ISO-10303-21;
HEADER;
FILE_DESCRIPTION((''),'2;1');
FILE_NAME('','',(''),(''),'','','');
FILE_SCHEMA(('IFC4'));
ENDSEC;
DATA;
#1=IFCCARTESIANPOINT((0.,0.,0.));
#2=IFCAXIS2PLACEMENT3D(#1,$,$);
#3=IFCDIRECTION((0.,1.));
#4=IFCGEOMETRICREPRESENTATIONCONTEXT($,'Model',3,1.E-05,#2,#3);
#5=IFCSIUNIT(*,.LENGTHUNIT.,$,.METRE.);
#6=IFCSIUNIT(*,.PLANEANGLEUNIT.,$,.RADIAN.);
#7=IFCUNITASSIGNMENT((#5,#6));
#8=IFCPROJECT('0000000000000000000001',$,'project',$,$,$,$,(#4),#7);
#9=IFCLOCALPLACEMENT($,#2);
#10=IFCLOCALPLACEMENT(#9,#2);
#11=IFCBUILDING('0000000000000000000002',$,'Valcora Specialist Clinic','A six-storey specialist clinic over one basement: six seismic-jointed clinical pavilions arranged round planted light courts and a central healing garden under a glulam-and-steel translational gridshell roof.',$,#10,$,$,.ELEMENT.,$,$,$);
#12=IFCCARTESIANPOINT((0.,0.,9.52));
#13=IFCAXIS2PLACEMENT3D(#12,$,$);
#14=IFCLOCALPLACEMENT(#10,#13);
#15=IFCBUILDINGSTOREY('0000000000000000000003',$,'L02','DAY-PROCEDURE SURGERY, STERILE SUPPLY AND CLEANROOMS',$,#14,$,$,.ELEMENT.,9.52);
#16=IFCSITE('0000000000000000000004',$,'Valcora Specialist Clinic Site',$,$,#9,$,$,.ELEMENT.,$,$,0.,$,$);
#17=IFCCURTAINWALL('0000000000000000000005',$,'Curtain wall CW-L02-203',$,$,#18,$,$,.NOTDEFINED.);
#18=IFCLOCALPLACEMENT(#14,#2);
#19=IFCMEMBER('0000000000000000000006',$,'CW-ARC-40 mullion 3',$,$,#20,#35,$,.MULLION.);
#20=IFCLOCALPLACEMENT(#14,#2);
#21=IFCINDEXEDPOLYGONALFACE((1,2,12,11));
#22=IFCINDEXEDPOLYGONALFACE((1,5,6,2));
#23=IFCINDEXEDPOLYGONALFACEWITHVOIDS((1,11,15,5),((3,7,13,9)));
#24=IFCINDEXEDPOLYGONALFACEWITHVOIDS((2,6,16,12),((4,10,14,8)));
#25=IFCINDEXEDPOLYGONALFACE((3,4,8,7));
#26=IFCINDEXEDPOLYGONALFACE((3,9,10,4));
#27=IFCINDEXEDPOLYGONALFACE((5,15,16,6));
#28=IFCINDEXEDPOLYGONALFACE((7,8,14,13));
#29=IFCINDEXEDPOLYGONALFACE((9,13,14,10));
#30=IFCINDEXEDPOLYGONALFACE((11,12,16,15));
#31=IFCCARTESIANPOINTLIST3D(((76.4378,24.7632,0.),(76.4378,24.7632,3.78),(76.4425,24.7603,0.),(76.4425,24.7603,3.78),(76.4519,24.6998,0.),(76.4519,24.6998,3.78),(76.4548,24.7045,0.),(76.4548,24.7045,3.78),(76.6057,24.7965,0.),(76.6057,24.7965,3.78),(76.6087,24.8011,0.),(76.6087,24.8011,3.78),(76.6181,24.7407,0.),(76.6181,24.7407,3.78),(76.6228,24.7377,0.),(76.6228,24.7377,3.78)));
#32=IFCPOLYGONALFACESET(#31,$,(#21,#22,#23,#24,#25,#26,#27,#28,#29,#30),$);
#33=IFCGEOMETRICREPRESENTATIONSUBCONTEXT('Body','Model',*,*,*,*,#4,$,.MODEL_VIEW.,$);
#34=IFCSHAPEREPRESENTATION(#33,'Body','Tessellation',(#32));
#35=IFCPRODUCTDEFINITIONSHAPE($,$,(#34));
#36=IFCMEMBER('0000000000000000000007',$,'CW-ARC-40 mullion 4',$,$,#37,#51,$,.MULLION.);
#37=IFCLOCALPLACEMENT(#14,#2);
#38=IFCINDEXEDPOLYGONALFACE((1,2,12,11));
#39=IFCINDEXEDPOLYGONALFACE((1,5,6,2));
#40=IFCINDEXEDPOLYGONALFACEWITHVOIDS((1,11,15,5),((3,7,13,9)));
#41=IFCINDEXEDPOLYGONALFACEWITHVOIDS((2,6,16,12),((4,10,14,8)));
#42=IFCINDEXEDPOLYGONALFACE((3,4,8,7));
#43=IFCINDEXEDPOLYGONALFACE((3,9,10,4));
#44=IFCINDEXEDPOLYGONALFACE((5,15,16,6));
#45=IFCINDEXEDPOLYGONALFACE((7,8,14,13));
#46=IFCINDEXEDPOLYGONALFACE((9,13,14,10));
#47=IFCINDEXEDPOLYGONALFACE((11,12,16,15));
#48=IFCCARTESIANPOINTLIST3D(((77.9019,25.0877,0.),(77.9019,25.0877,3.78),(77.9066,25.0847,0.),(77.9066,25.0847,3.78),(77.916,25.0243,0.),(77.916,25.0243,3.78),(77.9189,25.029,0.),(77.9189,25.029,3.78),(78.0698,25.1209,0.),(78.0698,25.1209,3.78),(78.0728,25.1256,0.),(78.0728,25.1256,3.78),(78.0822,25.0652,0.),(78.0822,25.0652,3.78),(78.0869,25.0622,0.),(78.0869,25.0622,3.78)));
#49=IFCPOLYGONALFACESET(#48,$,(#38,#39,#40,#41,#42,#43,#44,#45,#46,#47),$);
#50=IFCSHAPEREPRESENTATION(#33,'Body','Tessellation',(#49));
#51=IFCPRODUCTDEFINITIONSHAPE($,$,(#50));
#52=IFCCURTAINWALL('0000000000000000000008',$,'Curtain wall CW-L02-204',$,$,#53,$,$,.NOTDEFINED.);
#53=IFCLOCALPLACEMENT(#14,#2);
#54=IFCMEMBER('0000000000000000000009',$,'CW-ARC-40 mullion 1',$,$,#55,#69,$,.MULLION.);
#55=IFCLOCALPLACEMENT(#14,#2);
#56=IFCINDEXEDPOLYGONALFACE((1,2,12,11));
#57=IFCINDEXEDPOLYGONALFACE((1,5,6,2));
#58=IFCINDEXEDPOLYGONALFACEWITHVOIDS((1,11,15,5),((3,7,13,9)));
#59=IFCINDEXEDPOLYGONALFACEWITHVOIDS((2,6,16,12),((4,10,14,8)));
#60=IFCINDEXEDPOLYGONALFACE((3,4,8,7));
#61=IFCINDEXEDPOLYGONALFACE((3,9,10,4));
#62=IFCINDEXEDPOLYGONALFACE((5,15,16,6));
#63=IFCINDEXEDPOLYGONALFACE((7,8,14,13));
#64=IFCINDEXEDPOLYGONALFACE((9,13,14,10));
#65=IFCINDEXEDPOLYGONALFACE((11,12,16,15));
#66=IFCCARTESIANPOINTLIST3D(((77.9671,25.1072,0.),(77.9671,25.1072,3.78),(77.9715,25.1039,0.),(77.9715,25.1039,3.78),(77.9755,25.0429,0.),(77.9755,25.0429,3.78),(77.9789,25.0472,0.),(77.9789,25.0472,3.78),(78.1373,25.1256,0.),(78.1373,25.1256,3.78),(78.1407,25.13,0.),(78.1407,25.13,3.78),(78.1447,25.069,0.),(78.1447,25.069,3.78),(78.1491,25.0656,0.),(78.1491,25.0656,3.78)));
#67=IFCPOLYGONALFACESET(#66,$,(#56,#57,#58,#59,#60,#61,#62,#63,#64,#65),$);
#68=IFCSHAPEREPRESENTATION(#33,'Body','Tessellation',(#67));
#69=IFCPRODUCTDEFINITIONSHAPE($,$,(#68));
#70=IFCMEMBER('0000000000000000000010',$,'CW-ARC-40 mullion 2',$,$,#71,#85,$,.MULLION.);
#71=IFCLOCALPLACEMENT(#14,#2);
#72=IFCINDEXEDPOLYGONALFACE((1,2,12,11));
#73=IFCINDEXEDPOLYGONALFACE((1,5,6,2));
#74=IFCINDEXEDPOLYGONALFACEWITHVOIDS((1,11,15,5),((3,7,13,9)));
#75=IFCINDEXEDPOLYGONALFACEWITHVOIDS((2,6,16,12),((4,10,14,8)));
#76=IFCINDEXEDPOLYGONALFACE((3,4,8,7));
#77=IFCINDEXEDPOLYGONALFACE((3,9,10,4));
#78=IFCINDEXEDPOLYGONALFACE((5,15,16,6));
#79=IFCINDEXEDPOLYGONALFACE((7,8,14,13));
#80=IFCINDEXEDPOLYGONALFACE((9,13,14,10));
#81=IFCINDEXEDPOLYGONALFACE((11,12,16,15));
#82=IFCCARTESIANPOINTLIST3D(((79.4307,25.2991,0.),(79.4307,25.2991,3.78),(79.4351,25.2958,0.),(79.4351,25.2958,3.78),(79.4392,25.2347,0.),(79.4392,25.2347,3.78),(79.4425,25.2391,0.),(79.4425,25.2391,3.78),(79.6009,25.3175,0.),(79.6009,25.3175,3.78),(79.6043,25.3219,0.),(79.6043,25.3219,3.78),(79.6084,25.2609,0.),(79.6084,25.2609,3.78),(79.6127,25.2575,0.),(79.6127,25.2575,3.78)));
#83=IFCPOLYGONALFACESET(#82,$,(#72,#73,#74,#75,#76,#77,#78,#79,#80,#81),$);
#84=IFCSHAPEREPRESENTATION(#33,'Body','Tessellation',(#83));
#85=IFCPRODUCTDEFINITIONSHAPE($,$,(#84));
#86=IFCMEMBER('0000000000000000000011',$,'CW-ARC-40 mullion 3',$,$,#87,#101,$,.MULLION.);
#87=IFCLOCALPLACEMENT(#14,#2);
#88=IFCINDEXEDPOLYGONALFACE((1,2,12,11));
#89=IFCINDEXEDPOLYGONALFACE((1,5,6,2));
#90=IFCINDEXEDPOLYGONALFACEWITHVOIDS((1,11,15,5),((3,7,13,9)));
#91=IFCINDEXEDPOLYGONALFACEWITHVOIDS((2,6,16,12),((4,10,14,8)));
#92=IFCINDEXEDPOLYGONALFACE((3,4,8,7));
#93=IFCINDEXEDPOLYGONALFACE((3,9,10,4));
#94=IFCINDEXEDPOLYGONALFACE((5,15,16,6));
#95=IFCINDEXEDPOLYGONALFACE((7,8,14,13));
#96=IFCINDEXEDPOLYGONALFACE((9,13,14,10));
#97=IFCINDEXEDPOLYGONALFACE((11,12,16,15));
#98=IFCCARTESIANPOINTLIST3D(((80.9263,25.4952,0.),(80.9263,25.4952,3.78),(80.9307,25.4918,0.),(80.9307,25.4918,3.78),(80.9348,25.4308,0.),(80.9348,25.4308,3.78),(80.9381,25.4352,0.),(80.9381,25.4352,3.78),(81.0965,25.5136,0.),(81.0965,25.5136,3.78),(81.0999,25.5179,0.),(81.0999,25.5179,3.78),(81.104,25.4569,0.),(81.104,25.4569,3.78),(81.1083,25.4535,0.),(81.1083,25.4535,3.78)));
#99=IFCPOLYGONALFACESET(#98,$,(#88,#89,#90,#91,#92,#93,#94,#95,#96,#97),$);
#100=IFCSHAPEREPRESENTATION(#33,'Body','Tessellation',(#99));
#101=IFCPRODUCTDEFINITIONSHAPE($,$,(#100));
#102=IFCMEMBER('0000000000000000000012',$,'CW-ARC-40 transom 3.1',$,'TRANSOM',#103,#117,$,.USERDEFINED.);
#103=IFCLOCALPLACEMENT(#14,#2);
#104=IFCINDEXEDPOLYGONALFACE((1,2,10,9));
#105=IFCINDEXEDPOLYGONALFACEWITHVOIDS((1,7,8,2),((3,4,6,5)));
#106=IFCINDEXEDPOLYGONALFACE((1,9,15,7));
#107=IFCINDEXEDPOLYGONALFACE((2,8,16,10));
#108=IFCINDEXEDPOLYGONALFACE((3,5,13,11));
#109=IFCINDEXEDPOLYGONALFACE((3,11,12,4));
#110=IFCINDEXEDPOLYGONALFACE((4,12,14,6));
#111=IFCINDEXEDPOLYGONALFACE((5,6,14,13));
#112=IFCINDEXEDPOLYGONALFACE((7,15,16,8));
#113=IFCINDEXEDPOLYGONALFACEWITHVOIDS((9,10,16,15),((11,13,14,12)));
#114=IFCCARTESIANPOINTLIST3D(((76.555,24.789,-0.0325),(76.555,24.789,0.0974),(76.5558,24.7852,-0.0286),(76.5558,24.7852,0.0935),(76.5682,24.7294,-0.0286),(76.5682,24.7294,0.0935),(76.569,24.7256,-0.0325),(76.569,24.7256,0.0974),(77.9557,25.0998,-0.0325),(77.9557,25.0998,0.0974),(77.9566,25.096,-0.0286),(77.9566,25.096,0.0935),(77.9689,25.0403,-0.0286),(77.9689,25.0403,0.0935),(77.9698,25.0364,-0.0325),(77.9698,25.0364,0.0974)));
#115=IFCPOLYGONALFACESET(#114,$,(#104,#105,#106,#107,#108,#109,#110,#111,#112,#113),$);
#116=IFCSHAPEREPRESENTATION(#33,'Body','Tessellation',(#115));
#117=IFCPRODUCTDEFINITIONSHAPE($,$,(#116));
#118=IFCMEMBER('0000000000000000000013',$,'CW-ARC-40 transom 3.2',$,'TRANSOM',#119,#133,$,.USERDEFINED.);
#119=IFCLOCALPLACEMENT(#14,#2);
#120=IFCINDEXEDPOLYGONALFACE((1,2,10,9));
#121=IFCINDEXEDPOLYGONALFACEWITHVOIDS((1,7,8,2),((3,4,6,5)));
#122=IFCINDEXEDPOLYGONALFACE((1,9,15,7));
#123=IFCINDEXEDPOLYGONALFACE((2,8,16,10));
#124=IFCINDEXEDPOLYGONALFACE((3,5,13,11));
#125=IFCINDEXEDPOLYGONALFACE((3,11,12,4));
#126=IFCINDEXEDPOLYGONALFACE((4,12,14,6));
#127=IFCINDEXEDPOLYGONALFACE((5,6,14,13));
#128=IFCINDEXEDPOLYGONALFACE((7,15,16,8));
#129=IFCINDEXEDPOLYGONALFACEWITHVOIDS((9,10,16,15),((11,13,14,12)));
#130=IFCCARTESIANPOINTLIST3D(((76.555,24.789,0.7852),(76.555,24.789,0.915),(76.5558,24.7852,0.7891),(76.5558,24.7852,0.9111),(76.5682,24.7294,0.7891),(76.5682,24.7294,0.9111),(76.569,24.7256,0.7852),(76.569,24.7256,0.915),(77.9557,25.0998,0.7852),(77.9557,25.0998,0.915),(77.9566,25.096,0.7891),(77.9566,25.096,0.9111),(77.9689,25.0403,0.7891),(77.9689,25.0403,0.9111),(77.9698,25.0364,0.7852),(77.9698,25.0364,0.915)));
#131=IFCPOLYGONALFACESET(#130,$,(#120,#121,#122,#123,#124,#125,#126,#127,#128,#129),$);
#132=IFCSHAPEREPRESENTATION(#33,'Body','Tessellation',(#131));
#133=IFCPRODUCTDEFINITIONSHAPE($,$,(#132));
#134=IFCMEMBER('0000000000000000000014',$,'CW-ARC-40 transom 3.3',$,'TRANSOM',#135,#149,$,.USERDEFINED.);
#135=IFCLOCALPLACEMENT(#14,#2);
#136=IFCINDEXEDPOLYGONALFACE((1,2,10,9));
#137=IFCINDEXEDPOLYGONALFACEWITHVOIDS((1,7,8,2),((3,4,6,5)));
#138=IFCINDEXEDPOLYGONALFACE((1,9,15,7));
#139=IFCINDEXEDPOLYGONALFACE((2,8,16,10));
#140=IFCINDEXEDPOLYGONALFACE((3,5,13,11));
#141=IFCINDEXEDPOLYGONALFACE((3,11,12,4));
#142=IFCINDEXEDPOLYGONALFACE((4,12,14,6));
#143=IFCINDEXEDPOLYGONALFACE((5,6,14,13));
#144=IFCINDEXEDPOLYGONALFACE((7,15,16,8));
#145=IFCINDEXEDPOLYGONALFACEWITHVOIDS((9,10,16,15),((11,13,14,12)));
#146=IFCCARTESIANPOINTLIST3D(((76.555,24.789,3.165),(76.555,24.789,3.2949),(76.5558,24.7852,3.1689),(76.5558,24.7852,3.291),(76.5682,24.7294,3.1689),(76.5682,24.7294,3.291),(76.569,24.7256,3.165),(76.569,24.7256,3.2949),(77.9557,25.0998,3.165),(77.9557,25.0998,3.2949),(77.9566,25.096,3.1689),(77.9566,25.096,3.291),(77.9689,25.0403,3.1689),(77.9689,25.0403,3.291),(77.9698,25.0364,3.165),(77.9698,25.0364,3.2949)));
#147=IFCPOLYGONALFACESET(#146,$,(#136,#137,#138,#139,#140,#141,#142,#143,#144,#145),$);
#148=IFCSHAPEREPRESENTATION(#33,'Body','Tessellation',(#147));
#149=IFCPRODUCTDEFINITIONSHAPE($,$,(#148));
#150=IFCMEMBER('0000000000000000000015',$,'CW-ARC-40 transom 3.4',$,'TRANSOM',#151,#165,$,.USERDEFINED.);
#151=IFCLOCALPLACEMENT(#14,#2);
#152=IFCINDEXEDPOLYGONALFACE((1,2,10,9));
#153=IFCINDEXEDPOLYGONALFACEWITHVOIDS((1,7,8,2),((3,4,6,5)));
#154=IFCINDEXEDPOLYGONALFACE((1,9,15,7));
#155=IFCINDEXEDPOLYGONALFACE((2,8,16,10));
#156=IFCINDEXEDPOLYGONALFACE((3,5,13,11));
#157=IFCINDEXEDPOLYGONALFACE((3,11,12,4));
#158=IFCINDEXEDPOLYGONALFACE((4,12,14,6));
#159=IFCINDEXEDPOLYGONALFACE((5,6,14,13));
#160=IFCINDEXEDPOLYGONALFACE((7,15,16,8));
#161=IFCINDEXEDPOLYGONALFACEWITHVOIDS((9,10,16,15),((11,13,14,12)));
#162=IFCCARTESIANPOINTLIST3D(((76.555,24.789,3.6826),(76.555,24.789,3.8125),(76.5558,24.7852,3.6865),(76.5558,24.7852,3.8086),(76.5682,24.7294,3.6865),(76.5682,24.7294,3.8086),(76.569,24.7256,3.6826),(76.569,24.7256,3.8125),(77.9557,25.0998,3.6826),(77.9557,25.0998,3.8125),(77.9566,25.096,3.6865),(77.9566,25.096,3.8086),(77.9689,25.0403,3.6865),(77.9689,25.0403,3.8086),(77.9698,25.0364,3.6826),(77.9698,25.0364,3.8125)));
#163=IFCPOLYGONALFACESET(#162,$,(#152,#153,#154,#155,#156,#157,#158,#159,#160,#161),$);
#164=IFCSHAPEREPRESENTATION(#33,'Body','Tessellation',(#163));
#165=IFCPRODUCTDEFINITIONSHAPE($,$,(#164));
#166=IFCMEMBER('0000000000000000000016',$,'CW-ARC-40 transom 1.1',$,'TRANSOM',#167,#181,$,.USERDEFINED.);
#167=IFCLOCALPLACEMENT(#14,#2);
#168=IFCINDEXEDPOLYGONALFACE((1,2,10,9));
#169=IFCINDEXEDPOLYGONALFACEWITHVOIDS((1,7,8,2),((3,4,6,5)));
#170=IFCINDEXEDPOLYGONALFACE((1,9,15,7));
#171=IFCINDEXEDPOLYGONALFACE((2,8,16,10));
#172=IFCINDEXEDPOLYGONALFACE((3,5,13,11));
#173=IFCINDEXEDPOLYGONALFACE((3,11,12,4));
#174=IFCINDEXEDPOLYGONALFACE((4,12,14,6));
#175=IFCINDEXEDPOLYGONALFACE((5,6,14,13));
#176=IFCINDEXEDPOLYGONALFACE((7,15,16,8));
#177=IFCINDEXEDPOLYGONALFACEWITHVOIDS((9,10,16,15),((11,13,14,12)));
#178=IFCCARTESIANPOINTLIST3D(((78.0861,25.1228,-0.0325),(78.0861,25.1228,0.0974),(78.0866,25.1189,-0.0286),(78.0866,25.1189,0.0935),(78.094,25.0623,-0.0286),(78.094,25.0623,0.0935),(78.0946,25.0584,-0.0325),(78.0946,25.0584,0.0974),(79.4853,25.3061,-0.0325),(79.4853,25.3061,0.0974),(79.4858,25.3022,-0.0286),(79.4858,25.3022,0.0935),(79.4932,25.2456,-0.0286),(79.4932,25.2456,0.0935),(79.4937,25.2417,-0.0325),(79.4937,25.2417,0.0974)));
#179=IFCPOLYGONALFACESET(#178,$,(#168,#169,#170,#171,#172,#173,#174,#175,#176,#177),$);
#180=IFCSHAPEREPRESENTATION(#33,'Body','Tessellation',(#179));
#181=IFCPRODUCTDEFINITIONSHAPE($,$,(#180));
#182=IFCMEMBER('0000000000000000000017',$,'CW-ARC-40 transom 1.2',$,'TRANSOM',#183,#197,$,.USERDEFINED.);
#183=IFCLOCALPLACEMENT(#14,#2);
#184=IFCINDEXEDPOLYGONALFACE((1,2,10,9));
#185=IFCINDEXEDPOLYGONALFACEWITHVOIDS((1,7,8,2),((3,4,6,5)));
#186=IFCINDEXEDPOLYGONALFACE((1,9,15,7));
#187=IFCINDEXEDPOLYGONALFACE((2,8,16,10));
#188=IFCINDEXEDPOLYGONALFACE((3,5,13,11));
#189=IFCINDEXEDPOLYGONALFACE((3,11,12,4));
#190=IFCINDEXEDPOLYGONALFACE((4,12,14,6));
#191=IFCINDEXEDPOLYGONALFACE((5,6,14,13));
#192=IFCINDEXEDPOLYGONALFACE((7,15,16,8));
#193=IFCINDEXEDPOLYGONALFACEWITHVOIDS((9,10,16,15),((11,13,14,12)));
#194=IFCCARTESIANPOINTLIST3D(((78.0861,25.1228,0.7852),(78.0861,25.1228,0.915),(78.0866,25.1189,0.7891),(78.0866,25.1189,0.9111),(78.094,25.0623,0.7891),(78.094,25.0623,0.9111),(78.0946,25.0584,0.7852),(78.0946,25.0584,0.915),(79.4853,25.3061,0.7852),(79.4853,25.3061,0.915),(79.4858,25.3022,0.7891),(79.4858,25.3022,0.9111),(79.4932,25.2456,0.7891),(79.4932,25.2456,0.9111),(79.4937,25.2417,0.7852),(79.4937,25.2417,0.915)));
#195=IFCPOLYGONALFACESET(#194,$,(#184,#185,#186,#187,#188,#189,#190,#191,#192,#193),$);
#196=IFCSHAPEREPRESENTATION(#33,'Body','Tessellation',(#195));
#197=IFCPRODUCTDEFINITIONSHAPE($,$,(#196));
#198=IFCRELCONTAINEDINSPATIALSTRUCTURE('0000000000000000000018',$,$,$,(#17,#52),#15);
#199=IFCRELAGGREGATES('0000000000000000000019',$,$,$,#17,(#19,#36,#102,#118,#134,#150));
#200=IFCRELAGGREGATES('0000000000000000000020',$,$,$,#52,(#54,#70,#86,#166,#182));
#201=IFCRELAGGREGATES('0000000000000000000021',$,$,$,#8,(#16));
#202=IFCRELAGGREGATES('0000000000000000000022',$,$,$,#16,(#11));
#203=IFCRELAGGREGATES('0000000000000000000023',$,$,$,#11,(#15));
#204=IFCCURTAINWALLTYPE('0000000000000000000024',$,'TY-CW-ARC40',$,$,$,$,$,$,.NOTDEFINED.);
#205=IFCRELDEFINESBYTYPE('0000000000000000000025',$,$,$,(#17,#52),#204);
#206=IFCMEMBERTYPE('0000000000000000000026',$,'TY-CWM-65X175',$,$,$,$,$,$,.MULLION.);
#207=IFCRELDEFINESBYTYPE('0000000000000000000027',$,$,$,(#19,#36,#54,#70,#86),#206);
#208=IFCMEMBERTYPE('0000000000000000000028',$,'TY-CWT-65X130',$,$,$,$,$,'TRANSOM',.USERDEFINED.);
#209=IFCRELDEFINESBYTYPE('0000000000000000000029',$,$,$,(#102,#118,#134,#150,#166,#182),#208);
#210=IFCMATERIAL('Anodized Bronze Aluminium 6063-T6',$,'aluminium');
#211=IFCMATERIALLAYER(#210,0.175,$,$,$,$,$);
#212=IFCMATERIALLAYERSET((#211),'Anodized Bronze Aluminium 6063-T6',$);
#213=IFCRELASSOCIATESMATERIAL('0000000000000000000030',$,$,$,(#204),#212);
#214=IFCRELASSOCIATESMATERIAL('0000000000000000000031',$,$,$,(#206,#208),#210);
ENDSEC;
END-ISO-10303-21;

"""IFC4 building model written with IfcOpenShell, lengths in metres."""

from ifc_helpers import new_model, si_unit, direction, frame, origin, origin_2d, place, context, subcontext, project, spatial, hollow_rectangle, extrude, material, layer, layer_set, material_profile, profile_set, type_object, element, aggregate, save


model = new_model("IFC4")

# Units and contexts
model_context = context("Model", 3, precision=1e-05, world=origin(), true_north=direction((0.0, 1.0)))
body_context = subcontext(model_context, "Body", "Model", "MODEL_VIEW")
ifc_project = project(units=[si_unit("LENGTHUNIT", "METRE"), si_unit("PLANEANGLEUNIT", "RADIAN")], contexts=[model_context])

# Site, building, storey
site_placement = place(None, origin())
site = spatial("IfcSite", under=ifc_project, at=site_placement, Name="Valcora Specialist Clinic Site", CompositionType="ELEMENT", RefElevation=0.0)
building_placement = place(site_placement, origin())
building = spatial("IfcBuilding", under=site, at=building_placement, Name="Valcora Specialist Clinic", Description="A six-storey specialist clinic over one basement: six seismic-jointed clinical pavilions arranged round planted light courts and a central healing garden under a glulam-and-steel translational gridshell roof.", CompositionType="ELEMENT")
storey_placement = place(building_placement, frame((0.0, 0.0, 9.52)))
storey = spatial("IfcBuildingStorey", under=building, at=storey_placement, Name="L02", Description="DAY-PROCEDURE SURGERY, STERILE SUPPLY AND CLEANROOMS", CompositionType="ELEMENT", Elevation=9.52)

# Curtain walls, members
ifc_material_1 = material(Name="Anodized Bronze Aluminium 6063-T6", Category="aluminium")
ifc_layer_1 = layer(ifc_material_1, 0.175)
ifc_layer_set_1 = layer_set([ifc_layer_1], Name="Anodized Bronze Aluminium 6063-T6")
curtain_wall_type = type_object("IfcCurtainWallType", Name="TY-CW-ARC40", PredefinedType="NOTDEFINED", material=ifc_layer_set_1)
curtain_wall_1_placement = place(storey_placement, origin())
curtain_wall_1 = element("IfcCurtainWall", 1, at=curtain_wall_1_placement, inside=storey, type_object=curtain_wall_type, Name="Curtain wall CW-L02-203", PredefinedType="NOTDEFINED")
ifc_material_profile_1 = material_profile(ifc_material_1, hollow_rectangle(XDim=0.0649, YDim=0.175, WallThickness=0.0039, at=origin_2d()), Name="AL-MUL-65X175")
ifc_profile_set_1 = profile_set([ifc_material_profile_1], Name="Anodized Bronze Aluminium 6063-T6")
member_type_1 = type_object("IfcMemberType", Name="TY-CWM-65X175", PredefinedType="MULLION", material=ifc_profile_set_1)
member_1_placement = place(storey_placement, frame((76.5303, 24.7505, 0.0), z_axis=(0.0, 0.0, 1.0), x_axis=(-0.216518, 0.976279, 0.0)))
member_1 = element("IfcMember", 2, at=member_1_placement, type_object=member_type_1, Name="CW-ARC-40 mullion 3", PredefinedType="MULLION", context=body_context, shape_type="SweptSolid", body=[
    extrude(hollow_rectangle(XDim=0.0649, YDim=0.175, WallThickness=0.0039, at=origin_2d()), origin(), (0.0, 0.0, 1.0), 3.78),
])
member_2_placement = place(storey_placement, frame((77.9944, 25.075, 0.0), z_axis=(0.0, 0.0, 1.0), x_axis=(-0.216518, 0.976279, 0.0)))
member_2 = element("IfcMember", 3, at=member_2_placement, type_object=member_type_1, Name="CW-ARC-40 mullion 4", PredefinedType="MULLION", context=body_context, shape_type="SweptSolid", body=[
    extrude(hollow_rectangle(XDim=0.0649, YDim=0.175, WallThickness=0.0039, at=origin_2d()), origin(), (0.0, 0.0, 1.0), 3.78),
])
curtain_wall_2_placement = place(storey_placement, origin())
curtain_wall_2 = element("IfcCurtainWall", 4, at=curtain_wall_2_placement, inside=storey, type_object=curtain_wall_type, Name="Curtain wall CW-L02-204", PredefinedType="NOTDEFINED")
member_3_placement = place(storey_placement, frame((78.0581, 25.0864, 0.0), z_axis=(0.0, 0.0, 1.0), x_axis=(-0.129999, 0.991514, 0.0)))
member_3 = element("IfcMember", 5, at=member_3_placement, type_object=member_type_1, Name="CW-ARC-40 mullion 1", PredefinedType="MULLION", context=body_context, shape_type="SweptSolid", body=[
    extrude(hollow_rectangle(XDim=0.0649, YDim=0.175, WallThickness=0.0039, at=origin_2d()), origin(), (0.0, 0.0, 1.0), 3.78),
])
member_4_placement = place(storey_placement, frame((79.5217, 25.2783, 0.0), z_axis=(0.0, 0.0, 1.0), x_axis=(-0.129999, 0.991514, 0.0)))
member_4 = element("IfcMember", 6, at=member_4_placement, type_object=member_type_1, Name="CW-ARC-40 mullion 2", PredefinedType="MULLION", context=body_context, shape_type="SweptSolid", body=[
    extrude(hollow_rectangle(XDim=0.0649, YDim=0.175, WallThickness=0.0039, at=origin_2d()), origin(), (0.0, 0.0, 1.0), 3.78),
])
member_5_placement = place(storey_placement, frame((81.0173, 25.4744, 0.0), z_axis=(0.0, 0.0, 1.0), x_axis=(-0.129999, 0.991514, 0.0)))
member_5 = element("IfcMember", 7, at=member_5_placement, type_object=member_type_1, Name="CW-ARC-40 mullion 3", PredefinedType="MULLION", context=body_context, shape_type="SweptSolid", body=[
    extrude(hollow_rectangle(XDim=0.0649, YDim=0.175, WallThickness=0.0039, at=origin_2d()), origin(), (0.0, 0.0, 1.0), 3.78),
])

# Members
ifc_material_profile_2 = material_profile(ifc_material_1, hollow_rectangle(XDim=0.0649, YDim=0.1299, WallThickness=0.0039, at=origin_2d()), Name="AL-TRN-65X130")
ifc_profile_set_2 = profile_set([ifc_material_profile_2], Name="Anodized Bronze Aluminium 6063-T6")
member_type_2 = type_object("IfcMemberType", Name="TY-CWT-65X130", ElementType="TRANSOM", PredefinedType="USERDEFINED", material=ifc_profile_set_2)
member_6_placement = place(storey_placement, frame((76.562, 24.7573, 0.0325), z_axis=(0.976255, 0.216624, 0.0), x_axis=(-0.216624, 0.976255, 0.0)))
member_6 = element("IfcMember", 8, at=member_6_placement, type_object=member_type_2, Name="CW-ARC-40 transom 3.1", ObjectType="TRANSOM", PredefinedType="USERDEFINED", context=body_context, shape_type="SweptSolid", body=[
    extrude(hollow_rectangle(XDim=0.0649, YDim=0.1299, WallThickness=0.0039, at=origin_2d()), origin(), (0.0, 0.0, 1.0), 1.4348),
])
member_7_placement = place(storey_placement, frame((76.562, 24.7573, 0.8501), z_axis=(0.976255, 0.216624, 0.0), x_axis=(-0.216624, 0.976255, 0.0)))
member_7 = element("IfcMember", 9, at=member_7_placement, type_object=member_type_2, Name="CW-ARC-40 transom 3.2", ObjectType="TRANSOM", PredefinedType="USERDEFINED", context=body_context, shape_type="SweptSolid", body=[
    extrude(hollow_rectangle(XDim=0.0649, YDim=0.1299, WallThickness=0.0039, at=origin_2d()), origin(), (0.0, 0.0, 1.0), 1.4348),
])
member_8_placement = place(storey_placement, frame((76.562, 24.7573, 3.23), z_axis=(0.976255, 0.216624, 0.0), x_axis=(-0.216624, 0.976255, 0.0)))
member_8 = element("IfcMember", 10, at=member_8_placement, type_object=member_type_2, Name="CW-ARC-40 transom 3.3", ObjectType="TRANSOM", PredefinedType="USERDEFINED", context=body_context, shape_type="SweptSolid", body=[
    extrude(hollow_rectangle(XDim=0.0649, YDim=0.1299, WallThickness=0.0039, at=origin_2d()), origin(), (0.0, 0.0, 1.0), 1.4348),
])
member_9_placement = place(storey_placement, frame((76.562, 24.7573, 3.7476), z_axis=(0.976255, 0.216624, 0.0), x_axis=(-0.216624, 0.976255, 0.0)))
member_9 = element("IfcMember", 11, at=member_9_placement, type_object=member_type_2, Name="CW-ARC-40 transom 3.4", ObjectType="TRANSOM", PredefinedType="USERDEFINED", context=body_context, shape_type="SweptSolid", body=[
    extrude(hollow_rectangle(XDim=0.0649, YDim=0.1299, WallThickness=0.0039, at=origin_2d()), origin(), (0.0, 0.0, 1.0), 1.4348),
])
member_10_placement = place(storey_placement, frame((78.0903, 25.0906, 0.0325), z_axis=(0.991523, 0.129931, 0.0), x_axis=(-0.129931, 0.991523, 0.0)))
member_10 = element("IfcMember", 12, at=member_10_placement, type_object=member_type_2, Name="CW-ARC-40 transom 1.1", ObjectType="TRANSOM", PredefinedType="USERDEFINED", context=body_context, shape_type="SweptSolid", body=[
    extrude(hollow_rectangle(XDim=0.0649, YDim=0.1299, WallThickness=0.0039, at=origin_2d()), origin(), (0.0, 0.0, 1.0), 1.4111),
])
member_11_placement = place(storey_placement, frame((78.0903, 25.0906, 0.8501), z_axis=(0.991523, 0.129931, 0.0), x_axis=(-0.129931, 0.991523, 0.0)))
member_11 = element("IfcMember", 13, at=member_11_placement, type_object=member_type_2, Name="CW-ARC-40 transom 1.2", ObjectType="TRANSOM", PredefinedType="USERDEFINED", context=body_context, shape_type="SweptSolid", body=[
    extrude(hollow_rectangle(XDim=0.0649, YDim=0.1299, WallThickness=0.0039, at=origin_2d()), origin(), (0.0, 0.0, 1.0), 1.4111),
])

aggregate(curtain_wall_1, [member_1, member_2, member_6, member_7, member_8, member_9])
aggregate(curtain_wall_2, [member_3, member_4, member_5, member_10, member_11])

save(model, "model.ifc")
